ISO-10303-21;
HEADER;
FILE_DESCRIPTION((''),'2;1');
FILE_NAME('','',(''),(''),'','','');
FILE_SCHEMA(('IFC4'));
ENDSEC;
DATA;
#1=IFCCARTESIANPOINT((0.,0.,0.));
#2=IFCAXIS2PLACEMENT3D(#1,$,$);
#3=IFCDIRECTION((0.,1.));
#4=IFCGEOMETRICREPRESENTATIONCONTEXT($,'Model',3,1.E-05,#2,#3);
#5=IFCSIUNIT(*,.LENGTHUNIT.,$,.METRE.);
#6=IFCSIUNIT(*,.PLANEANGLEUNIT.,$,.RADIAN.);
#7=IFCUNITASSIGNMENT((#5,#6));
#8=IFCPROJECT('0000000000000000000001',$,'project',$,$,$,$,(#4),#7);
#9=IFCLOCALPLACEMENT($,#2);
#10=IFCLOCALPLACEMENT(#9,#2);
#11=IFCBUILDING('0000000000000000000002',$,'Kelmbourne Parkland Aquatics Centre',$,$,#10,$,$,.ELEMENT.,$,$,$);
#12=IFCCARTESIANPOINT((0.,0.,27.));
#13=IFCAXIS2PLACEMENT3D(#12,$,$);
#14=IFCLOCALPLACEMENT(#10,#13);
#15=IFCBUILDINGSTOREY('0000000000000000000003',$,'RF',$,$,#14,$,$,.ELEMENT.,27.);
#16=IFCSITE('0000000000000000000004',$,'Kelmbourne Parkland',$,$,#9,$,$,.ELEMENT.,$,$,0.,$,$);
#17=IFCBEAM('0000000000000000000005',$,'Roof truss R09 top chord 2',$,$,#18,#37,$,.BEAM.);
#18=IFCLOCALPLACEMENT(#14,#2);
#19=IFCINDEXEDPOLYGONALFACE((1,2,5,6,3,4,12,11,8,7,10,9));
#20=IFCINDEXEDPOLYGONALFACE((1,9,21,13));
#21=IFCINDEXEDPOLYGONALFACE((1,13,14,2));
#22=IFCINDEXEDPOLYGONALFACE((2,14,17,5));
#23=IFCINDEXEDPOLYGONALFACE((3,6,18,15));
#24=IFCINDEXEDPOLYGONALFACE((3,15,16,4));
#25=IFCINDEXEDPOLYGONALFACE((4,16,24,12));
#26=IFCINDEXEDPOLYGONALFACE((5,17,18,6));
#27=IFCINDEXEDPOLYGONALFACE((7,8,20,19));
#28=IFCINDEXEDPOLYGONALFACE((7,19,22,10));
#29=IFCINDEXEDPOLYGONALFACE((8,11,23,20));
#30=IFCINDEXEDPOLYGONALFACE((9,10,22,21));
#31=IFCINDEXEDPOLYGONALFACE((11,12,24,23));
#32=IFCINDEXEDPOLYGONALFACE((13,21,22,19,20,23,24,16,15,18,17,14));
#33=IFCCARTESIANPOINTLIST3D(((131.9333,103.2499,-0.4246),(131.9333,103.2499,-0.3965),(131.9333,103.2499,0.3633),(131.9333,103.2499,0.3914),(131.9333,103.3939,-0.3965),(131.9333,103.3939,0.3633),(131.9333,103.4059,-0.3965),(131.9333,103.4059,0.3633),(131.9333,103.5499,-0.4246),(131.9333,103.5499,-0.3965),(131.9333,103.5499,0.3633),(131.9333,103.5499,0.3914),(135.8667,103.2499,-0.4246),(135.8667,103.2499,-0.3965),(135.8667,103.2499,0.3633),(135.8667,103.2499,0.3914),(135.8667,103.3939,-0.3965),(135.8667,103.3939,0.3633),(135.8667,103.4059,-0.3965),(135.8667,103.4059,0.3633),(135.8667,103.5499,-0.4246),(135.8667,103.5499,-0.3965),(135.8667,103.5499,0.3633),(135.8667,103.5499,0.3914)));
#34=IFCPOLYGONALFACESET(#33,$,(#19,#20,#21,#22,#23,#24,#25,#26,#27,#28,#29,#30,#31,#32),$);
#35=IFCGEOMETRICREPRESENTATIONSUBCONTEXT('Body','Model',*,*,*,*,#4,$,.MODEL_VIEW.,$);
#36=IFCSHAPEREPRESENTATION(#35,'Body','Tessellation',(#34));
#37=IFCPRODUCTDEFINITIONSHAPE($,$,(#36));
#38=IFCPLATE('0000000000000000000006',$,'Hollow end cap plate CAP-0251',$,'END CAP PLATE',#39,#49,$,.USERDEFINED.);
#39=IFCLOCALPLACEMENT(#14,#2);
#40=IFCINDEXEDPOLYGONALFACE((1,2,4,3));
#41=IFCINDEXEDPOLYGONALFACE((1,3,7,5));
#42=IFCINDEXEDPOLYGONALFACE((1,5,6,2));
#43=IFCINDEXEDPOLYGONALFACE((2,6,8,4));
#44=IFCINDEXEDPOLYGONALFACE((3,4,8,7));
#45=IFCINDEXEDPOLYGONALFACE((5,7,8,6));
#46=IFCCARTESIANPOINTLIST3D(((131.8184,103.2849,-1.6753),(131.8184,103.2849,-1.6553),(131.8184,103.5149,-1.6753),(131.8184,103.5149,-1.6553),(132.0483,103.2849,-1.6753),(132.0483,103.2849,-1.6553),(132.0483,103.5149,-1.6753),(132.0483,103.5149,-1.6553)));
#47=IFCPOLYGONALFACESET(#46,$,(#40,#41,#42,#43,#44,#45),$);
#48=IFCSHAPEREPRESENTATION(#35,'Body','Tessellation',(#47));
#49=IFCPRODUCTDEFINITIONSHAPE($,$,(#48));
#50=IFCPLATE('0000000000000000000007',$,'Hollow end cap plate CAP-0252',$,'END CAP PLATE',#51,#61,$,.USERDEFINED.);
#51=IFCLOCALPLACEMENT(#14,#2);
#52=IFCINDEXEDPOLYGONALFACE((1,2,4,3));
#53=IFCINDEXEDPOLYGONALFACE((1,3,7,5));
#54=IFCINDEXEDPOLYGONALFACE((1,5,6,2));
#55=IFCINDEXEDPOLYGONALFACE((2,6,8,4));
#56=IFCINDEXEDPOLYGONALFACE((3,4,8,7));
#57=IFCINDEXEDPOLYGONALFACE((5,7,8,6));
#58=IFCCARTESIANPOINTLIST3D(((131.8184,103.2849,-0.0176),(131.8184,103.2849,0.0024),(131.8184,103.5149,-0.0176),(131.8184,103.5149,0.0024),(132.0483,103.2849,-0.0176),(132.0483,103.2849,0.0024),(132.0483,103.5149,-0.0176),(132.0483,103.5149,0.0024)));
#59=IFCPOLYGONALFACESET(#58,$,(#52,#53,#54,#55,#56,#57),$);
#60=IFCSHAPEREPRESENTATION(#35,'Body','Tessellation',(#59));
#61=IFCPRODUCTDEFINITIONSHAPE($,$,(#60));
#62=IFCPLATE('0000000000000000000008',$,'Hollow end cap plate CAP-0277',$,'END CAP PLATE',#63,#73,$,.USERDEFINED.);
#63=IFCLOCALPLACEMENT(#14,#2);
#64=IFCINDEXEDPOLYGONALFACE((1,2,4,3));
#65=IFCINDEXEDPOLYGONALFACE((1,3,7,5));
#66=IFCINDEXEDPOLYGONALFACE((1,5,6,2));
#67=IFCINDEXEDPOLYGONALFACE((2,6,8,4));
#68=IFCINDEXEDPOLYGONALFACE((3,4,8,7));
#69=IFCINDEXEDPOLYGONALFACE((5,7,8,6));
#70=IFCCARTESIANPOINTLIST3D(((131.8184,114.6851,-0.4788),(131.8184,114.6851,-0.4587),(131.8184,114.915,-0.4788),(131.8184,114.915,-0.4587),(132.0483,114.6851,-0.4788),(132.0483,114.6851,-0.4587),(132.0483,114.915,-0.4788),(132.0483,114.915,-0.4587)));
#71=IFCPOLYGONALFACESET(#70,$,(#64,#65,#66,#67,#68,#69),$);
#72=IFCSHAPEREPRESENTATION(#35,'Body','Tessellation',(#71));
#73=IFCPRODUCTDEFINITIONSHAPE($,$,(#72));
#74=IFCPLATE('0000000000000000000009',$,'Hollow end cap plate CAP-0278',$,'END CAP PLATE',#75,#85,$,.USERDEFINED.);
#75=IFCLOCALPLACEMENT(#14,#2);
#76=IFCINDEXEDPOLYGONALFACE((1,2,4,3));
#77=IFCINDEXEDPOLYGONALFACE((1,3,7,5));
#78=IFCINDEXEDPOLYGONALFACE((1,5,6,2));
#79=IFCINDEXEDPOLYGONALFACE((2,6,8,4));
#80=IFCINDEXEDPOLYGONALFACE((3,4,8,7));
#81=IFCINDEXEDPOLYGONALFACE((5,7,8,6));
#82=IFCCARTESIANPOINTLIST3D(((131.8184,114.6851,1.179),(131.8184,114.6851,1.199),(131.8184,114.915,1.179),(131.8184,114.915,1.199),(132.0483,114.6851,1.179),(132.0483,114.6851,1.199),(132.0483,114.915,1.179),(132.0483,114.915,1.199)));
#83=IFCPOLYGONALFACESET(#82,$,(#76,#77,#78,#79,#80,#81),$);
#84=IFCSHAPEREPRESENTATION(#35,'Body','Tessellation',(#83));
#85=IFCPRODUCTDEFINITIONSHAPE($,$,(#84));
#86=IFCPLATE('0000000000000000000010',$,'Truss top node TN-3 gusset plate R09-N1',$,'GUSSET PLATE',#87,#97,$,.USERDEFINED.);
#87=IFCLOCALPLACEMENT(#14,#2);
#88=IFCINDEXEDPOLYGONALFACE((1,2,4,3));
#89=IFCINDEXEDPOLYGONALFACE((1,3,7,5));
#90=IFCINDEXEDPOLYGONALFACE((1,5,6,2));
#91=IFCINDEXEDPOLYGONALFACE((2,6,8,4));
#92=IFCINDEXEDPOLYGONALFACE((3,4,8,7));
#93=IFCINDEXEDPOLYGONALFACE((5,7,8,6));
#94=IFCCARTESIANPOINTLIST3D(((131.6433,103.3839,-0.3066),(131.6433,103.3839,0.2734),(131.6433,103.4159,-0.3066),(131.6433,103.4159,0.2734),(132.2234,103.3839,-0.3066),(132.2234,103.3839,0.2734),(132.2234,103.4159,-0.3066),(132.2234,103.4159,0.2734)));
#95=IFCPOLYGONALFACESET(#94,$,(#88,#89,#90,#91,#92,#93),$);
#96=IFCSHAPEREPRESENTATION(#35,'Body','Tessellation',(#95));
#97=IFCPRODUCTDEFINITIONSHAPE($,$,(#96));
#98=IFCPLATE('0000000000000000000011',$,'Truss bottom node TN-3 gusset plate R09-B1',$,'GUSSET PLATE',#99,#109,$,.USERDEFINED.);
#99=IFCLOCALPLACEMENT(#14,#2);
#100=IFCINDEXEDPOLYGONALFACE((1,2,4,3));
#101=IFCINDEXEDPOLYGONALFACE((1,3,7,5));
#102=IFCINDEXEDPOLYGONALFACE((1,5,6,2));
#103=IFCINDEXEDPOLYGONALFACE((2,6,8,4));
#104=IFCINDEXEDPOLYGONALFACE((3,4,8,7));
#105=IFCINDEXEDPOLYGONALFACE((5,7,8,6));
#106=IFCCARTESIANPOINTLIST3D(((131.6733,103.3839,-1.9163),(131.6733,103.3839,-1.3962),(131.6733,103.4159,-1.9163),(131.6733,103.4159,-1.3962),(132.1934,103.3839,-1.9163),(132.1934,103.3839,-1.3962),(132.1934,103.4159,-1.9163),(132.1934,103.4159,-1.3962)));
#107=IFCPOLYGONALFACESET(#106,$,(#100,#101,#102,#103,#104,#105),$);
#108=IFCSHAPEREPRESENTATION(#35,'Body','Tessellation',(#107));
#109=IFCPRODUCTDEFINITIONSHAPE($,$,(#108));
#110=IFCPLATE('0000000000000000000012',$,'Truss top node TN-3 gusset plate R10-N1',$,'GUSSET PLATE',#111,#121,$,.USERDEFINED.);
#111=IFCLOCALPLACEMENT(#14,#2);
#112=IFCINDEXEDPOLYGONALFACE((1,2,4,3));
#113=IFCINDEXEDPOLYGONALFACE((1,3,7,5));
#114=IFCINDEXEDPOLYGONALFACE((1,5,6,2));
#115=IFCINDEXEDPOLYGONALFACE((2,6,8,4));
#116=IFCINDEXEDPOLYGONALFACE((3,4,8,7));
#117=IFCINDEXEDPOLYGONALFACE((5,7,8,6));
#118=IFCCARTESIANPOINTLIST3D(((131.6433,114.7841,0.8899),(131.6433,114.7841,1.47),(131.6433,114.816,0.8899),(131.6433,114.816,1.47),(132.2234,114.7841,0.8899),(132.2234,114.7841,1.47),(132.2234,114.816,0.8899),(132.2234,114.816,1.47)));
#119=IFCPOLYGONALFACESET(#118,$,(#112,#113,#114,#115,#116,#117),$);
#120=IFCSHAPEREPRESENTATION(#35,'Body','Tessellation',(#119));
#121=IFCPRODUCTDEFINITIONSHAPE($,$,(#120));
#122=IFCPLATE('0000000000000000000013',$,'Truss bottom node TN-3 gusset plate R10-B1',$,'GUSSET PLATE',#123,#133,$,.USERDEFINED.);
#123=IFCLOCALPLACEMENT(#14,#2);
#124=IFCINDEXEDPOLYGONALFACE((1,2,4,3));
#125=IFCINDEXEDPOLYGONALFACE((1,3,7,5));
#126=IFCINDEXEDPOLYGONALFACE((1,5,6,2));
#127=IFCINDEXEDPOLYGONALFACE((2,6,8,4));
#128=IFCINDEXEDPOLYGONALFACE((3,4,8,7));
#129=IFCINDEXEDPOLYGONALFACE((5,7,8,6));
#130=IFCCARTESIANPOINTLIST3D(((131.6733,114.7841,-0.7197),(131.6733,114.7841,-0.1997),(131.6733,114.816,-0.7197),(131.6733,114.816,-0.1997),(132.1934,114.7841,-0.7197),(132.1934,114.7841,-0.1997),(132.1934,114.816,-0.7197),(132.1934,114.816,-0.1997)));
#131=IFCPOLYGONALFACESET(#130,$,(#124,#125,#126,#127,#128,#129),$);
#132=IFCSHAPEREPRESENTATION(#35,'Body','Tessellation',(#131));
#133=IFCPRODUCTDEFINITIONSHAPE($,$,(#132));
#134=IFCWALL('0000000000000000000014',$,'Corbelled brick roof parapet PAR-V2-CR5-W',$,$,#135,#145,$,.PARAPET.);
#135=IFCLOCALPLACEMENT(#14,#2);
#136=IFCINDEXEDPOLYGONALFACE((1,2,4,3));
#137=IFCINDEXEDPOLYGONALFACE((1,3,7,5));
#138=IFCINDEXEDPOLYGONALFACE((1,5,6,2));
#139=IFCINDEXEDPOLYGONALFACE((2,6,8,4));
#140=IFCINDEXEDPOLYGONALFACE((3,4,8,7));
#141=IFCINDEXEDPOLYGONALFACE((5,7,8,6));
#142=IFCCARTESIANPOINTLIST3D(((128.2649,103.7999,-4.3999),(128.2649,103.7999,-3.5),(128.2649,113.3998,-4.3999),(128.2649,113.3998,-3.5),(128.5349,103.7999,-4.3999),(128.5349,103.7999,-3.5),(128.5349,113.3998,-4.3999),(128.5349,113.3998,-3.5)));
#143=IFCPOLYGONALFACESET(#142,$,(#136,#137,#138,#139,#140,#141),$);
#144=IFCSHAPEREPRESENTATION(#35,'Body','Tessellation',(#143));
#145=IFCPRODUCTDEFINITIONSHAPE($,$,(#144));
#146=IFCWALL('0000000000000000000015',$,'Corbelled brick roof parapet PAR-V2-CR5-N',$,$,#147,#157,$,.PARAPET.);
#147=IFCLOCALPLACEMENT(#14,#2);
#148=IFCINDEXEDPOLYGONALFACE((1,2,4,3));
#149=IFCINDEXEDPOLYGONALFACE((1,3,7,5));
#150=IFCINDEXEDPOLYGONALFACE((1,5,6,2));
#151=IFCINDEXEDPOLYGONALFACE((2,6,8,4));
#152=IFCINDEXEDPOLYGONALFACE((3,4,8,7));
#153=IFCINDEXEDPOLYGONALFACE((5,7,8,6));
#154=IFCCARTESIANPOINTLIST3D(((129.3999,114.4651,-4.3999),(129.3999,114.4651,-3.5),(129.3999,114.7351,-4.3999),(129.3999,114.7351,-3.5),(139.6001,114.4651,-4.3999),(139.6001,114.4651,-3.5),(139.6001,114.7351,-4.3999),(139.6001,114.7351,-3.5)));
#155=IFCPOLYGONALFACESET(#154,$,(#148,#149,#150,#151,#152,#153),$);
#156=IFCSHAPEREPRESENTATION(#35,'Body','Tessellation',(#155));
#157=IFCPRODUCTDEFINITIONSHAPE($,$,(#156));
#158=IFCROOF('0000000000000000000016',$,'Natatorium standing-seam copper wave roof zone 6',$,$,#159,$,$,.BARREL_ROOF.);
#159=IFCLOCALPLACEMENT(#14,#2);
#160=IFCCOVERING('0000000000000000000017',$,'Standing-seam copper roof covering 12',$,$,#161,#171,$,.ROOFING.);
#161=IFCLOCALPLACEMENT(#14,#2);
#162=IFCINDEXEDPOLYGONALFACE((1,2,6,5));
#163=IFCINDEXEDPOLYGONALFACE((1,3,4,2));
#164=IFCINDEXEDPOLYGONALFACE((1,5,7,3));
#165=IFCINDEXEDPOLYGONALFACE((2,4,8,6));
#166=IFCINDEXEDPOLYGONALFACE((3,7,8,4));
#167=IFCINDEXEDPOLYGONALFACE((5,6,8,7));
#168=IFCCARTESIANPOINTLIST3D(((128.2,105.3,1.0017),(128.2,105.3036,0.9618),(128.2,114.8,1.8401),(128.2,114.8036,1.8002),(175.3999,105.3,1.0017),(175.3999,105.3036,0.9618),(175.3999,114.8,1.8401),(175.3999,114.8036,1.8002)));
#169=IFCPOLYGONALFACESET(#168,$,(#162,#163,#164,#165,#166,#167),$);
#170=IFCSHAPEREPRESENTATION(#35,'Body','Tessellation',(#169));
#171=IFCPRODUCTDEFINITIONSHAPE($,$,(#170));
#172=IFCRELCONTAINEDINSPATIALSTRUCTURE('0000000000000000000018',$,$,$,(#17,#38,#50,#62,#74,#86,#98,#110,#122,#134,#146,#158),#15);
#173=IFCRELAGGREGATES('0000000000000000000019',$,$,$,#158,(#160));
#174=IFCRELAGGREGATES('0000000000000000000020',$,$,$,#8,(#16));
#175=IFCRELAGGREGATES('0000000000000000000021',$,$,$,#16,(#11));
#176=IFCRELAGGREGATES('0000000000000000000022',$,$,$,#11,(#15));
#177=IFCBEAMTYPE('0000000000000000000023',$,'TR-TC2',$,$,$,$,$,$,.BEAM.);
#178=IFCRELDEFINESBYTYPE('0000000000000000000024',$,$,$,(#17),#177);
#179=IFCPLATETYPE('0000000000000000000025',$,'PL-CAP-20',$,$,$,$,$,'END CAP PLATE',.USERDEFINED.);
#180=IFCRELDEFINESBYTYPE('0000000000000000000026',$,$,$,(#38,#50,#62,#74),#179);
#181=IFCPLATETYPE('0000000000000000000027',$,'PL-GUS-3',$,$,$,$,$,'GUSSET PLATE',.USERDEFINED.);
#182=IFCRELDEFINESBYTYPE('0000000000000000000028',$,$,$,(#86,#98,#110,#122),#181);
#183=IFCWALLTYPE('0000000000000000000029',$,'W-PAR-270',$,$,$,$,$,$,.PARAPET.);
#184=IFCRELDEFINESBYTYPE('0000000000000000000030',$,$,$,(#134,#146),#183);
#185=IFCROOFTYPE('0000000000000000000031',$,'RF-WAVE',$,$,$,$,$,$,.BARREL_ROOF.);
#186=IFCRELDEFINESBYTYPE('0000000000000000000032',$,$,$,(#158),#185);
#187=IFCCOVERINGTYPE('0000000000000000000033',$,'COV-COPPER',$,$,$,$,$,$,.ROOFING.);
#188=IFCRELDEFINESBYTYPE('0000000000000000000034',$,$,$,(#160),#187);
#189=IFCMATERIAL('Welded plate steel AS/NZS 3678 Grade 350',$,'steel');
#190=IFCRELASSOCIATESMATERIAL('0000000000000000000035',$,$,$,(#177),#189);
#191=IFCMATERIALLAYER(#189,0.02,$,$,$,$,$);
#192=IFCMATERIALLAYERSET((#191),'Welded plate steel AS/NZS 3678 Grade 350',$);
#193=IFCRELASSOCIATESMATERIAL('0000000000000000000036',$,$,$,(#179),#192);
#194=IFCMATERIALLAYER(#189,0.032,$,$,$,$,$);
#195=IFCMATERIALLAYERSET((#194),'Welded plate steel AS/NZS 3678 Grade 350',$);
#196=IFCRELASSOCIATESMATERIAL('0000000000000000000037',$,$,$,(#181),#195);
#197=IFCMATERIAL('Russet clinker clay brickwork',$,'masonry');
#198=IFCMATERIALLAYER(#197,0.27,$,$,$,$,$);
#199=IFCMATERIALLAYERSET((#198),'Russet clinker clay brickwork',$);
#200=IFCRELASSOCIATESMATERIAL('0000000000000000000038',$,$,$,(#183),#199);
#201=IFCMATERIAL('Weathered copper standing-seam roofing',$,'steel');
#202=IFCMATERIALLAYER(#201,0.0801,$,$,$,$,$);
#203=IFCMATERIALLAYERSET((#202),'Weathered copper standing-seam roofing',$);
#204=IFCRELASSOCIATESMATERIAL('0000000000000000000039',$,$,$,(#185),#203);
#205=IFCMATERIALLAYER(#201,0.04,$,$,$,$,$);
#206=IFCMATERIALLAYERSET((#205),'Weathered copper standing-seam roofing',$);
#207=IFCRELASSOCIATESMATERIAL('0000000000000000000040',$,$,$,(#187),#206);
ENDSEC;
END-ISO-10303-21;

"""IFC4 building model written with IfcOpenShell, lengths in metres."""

from ifc_helpers import new_model, si_unit, direction, frame, frame_2d, origin, origin_2d, place, context, subcontext, project, spatial, polyline, rectangle, i_section, outline, extrude, material, layer, layer_set, material_profile, profile_set, type_object, element, aggregate, save


model = new_model("IFC4")

# Units and contexts
model_context = context("Model", 3, precision=1e-05, world=origin(), true_north=direction((0.0, 1.0)))
body_context = subcontext(model_context, "Body", "Model", "MODEL_VIEW")
ifc_project = project(units=[si_unit("LENGTHUNIT", "METRE"), si_unit("PLANEANGLEUNIT", "RADIAN")], contexts=[model_context])

# Site, building, storey
site_placement = place(None, origin())
site = spatial("IfcSite", under=ifc_project, at=site_placement, Name="Kelmbourne Parkland", CompositionType="ELEMENT", RefElevation=0.0)
building_placement = place(site_placement, origin())
building = spatial("IfcBuilding", under=site, at=building_placement, Name="Kelmbourne Parkland Aquatics Centre", CompositionType="ELEMENT")
storey_placement = place(building_placement, frame((0.0, 0.0, 27.0)))
storey = spatial("IfcBuildingStorey", under=building, at=storey_placement, Name="RF", CompositionType="ELEMENT", Elevation=27.0)

# Beam
ifc_material_1 = material(Name="Welded plate steel AS/NZS 3678 Grade 350", Category="steel")
ifc_material_profile_1 = material_profile(ifc_material_1, i_section(OverallWidth=0.3, OverallDepth=0.8159, WebThickness=0.012, FlangeThickness=0.0281, at=origin_2d()), Name="800WB192")
ifc_profile_set_1 = profile_set([ifc_material_profile_1], Name="Welded plate steel AS/NZS 3678 Grade 350")
beam_type_1 = type_object("IfcBeamType", Name="TR-TC2", PredefinedType="BEAM", material=ifc_profile_set_1)
beam_1_placement = place(storey_placement, frame((131.9333, 103.3999, -0.0166), z_axis=(1.0, 0.0, 0.0), x_axis=(0.0, 1.0, 0.0)))
element("IfcBeam", 1, at=beam_1_placement, inside=storey, type_object=beam_type_1, Name="Roof truss R09 top chord 2", PredefinedType="BEAM", context=body_context, shape_type="SweptSolid", body=[
    extrude(i_section(OverallWidth=0.3, OverallDepth=0.8159, WebThickness=0.012, FlangeThickness=0.0281, at=origin_2d()), origin(), (0.0, 0.0, 1.0), 3.9333),
])

# Plates
ifc_layer_1 = layer(ifc_material_1, 0.02)
ifc_layer_set_1 = layer_set([ifc_layer_1], Name="Welded plate steel AS/NZS 3678 Grade 350")
plate_type_1 = type_object("IfcPlateType", Name="PL-CAP-20", ElementType="END CAP PLATE", PredefinedType="USERDEFINED", material=ifc_layer_set_1)
for number, where, z_axis, x_axis, name in (
    (2, (131.9333, 103.3999, -1.6753), (0.0, 0.0, 1.0), (1.0, 0.0, 0.0), "Hollow end cap plate CAP-0251"),
    (3, (131.9333, 103.3999, -0.0176), (0.0, 0.0, 1.0), (1.0, 0.0, 0.0), "Hollow end cap plate CAP-0252"),
    (4, (131.9333, 114.8, -0.4788), (0.0, 0.0, 1.0), (1.0, 0.0, 0.0), "Hollow end cap plate CAP-0277"),
    (5, (131.9333, 114.8, 1.179), (0.0, 0.0, 1.0), (1.0, 0.0, 0.0), "Hollow end cap plate CAP-0278"),
):
    element("IfcPlate", number, at=place(storey_placement, frame(where, z_axis=z_axis, x_axis=x_axis)), inside=storey, type_object=plate_type_1, Name=name, ObjectType="END CAP PLATE", PredefinedType="USERDEFINED", context=body_context, shape_type="SweptSolid", body=[
        extrude(rectangle(XDim=0.23, YDim=0.23, at=origin_2d()), origin(), (0.0, 0.0, 1.0), 0.02),
    ])
ifc_layer_2 = layer(ifc_material_1, 0.032)
ifc_layer_set_2 = layer_set([ifc_layer_2], Name="Welded plate steel AS/NZS 3678 Grade 350")
plate_type_2 = type_object("IfcPlateType", Name="PL-GUS-3", ElementType="GUSSET PLATE", PredefinedType="USERDEFINED", material=ifc_layer_set_2)
plate_1_placement = place(storey_placement, frame((131.9333, 103.3999, -0.3066), z_axis=(0.0, 0.0, 1.0), x_axis=(1.0, 0.0, 0.0)))
element("IfcPlate", 6, at=plate_1_placement, inside=storey, type_object=plate_type_2, Name="Truss top node TN-3 gusset plate R09-N1", ObjectType="GUSSET PLATE", PredefinedType="USERDEFINED", context=body_context, shape_type="SweptSolid", body=[
    extrude(rectangle(XDim=0.5801, YDim=0.032, at=origin_2d()), origin(), (0.0, 0.0, 1.0), 0.5801),
])
plate_2_placement = place(storey_placement, frame((131.9333, 103.3999, -1.9163), z_axis=(0.0, 0.0, 1.0), x_axis=(1.0, 0.0, 0.0)))
element("IfcPlate", 7, at=plate_2_placement, inside=storey, type_object=plate_type_2, Name="Truss bottom node TN-3 gusset plate R09-B1", ObjectType="GUSSET PLATE", PredefinedType="USERDEFINED", context=body_context, shape_type="SweptSolid", body=[
    extrude(rectangle(XDim=0.52, YDim=0.032, at=origin_2d()), origin(), (0.0, 0.0, 1.0), 0.52),
])
plate_3_placement = place(storey_placement, frame((131.9333, 114.8, 0.8899), z_axis=(0.0, 0.0, 1.0), x_axis=(1.0, 0.0, 0.0)))
element("IfcPlate", 8, at=plate_3_placement, inside=storey, type_object=plate_type_2, Name="Truss top node TN-3 gusset plate R10-N1", ObjectType="GUSSET PLATE", PredefinedType="USERDEFINED", context=body_context, shape_type="SweptSolid", body=[
    extrude(rectangle(XDim=0.5801, YDim=0.032, at=origin_2d()), origin(), (0.0, 0.0, 1.0), 0.5801),
])
plate_4_placement = place(storey_placement, frame((131.9333, 114.8, -0.7197), z_axis=(0.0, 0.0, 1.0), x_axis=(1.0, 0.0, 0.0)))
element("IfcPlate", 9, at=plate_4_placement, inside=storey, type_object=plate_type_2, Name="Truss bottom node TN-3 gusset plate R10-B1", ObjectType="GUSSET PLATE", PredefinedType="USERDEFINED", context=body_context, shape_type="SweptSolid", body=[
    extrude(rectangle(XDim=0.52, YDim=0.032, at=origin_2d()), origin(), (0.0, 0.0, 1.0), 0.52),
])

# Walls
ifc_material_2 = material(Name="Russet clinker clay brickwork", Category="masonry")
ifc_layer_3 = layer(ifc_material_2, 0.27)
ifc_layer_set_3 = layer_set([ifc_layer_3], Name="Russet clinker clay brickwork")
wall_type = type_object("IfcWallType", Name="W-PAR-270", PredefinedType="PARAPET", material=ifc_layer_set_3)
wall_1_placement = place(storey_placement, frame((128.3999, 103.8, -4.3999), z_axis=(0.0, 0.0, 1.0), x_axis=(0.0, 1.0, 0.0)))
element("IfcWall", 10, at=wall_1_placement, inside=storey, type_object=wall_type, Name="Corbelled brick roof parapet PAR-V2-CR5-W", PredefinedType="PARAPET", context=body_context, shape_type="SweptSolid", body=[
    extrude(rectangle(XDim=9.5999, YDim=0.27, at=frame_2d((4.7998, 0.0))), origin(), (0.0, 0.0, 1.0), 0.8999),
])
wall_2_placement = place(storey_placement, frame((129.3999, 114.6001, -4.3999), z_axis=(0.0, 0.0, 1.0), x_axis=(1.0, 0.0, 0.0)))
element("IfcWall", 11, at=wall_2_placement, inside=storey, type_object=wall_type, Name="Corbelled brick roof parapet PAR-V2-CR5-N", PredefinedType="PARAPET", context=body_context, shape_type="SweptSolid", body=[
    extrude(rectangle(XDim=10.2002, YDim=0.27, at=frame_2d((5.1001, 0.0))), origin(), (0.0, 0.0, 1.0), 0.8999),
])

# Roof, covering
ifc_material_3 = material(Name="Weathered copper standing-seam roofing", Category="steel")
ifc_layer_4 = layer(ifc_material_3, 0.0801)
ifc_layer_set_4 = layer_set([ifc_layer_4], Name="Weathered copper standing-seam roofing")
roof_type = type_object("IfcRoofType", Name="RF-WAVE", PredefinedType="BARREL_ROOF", material=ifc_layer_set_4)
roof_placement = place(storey_placement, origin())
roof = element("IfcRoof", 12, at=roof_placement, inside=storey, type_object=roof_type, Name="Natatorium standing-seam copper wave roof zone 6", PredefinedType="BARREL_ROOF")
ifc_layer_5 = layer(ifc_material_3, 0.04)
ifc_layer_set_5 = layer_set([ifc_layer_5], Name="Weathered copper standing-seam roofing")
covering_type = type_object("IfcCoveringType", Name="COV-COPPER", PredefinedType="ROOFING", material=ifc_layer_set_5)
covering_placement = place(storey_placement, frame((128.2, 105.3, 1.0017), z_axis=(0.0, -0.087909, 0.996129), x_axis=(1.0, 0.0, 0.0)))
covering = element("IfcCovering", 13, at=covering_placement, type_object=covering_type, Name="Standing-seam copper roof covering 12", PredefinedType="ROOFING", context=body_context, shape_type="SweptSolid", body=[
    extrude(outline(polyline([(0.0, 0.0), (47.2, 0.0), (47.2, 9.5369), (0.0, 9.5369), (0.0, 0.0)])), origin(), (0.0, 0.0, -1.0), 0.04),
])
aggregate(roof, [covering])

save(model, "model.ifc")
